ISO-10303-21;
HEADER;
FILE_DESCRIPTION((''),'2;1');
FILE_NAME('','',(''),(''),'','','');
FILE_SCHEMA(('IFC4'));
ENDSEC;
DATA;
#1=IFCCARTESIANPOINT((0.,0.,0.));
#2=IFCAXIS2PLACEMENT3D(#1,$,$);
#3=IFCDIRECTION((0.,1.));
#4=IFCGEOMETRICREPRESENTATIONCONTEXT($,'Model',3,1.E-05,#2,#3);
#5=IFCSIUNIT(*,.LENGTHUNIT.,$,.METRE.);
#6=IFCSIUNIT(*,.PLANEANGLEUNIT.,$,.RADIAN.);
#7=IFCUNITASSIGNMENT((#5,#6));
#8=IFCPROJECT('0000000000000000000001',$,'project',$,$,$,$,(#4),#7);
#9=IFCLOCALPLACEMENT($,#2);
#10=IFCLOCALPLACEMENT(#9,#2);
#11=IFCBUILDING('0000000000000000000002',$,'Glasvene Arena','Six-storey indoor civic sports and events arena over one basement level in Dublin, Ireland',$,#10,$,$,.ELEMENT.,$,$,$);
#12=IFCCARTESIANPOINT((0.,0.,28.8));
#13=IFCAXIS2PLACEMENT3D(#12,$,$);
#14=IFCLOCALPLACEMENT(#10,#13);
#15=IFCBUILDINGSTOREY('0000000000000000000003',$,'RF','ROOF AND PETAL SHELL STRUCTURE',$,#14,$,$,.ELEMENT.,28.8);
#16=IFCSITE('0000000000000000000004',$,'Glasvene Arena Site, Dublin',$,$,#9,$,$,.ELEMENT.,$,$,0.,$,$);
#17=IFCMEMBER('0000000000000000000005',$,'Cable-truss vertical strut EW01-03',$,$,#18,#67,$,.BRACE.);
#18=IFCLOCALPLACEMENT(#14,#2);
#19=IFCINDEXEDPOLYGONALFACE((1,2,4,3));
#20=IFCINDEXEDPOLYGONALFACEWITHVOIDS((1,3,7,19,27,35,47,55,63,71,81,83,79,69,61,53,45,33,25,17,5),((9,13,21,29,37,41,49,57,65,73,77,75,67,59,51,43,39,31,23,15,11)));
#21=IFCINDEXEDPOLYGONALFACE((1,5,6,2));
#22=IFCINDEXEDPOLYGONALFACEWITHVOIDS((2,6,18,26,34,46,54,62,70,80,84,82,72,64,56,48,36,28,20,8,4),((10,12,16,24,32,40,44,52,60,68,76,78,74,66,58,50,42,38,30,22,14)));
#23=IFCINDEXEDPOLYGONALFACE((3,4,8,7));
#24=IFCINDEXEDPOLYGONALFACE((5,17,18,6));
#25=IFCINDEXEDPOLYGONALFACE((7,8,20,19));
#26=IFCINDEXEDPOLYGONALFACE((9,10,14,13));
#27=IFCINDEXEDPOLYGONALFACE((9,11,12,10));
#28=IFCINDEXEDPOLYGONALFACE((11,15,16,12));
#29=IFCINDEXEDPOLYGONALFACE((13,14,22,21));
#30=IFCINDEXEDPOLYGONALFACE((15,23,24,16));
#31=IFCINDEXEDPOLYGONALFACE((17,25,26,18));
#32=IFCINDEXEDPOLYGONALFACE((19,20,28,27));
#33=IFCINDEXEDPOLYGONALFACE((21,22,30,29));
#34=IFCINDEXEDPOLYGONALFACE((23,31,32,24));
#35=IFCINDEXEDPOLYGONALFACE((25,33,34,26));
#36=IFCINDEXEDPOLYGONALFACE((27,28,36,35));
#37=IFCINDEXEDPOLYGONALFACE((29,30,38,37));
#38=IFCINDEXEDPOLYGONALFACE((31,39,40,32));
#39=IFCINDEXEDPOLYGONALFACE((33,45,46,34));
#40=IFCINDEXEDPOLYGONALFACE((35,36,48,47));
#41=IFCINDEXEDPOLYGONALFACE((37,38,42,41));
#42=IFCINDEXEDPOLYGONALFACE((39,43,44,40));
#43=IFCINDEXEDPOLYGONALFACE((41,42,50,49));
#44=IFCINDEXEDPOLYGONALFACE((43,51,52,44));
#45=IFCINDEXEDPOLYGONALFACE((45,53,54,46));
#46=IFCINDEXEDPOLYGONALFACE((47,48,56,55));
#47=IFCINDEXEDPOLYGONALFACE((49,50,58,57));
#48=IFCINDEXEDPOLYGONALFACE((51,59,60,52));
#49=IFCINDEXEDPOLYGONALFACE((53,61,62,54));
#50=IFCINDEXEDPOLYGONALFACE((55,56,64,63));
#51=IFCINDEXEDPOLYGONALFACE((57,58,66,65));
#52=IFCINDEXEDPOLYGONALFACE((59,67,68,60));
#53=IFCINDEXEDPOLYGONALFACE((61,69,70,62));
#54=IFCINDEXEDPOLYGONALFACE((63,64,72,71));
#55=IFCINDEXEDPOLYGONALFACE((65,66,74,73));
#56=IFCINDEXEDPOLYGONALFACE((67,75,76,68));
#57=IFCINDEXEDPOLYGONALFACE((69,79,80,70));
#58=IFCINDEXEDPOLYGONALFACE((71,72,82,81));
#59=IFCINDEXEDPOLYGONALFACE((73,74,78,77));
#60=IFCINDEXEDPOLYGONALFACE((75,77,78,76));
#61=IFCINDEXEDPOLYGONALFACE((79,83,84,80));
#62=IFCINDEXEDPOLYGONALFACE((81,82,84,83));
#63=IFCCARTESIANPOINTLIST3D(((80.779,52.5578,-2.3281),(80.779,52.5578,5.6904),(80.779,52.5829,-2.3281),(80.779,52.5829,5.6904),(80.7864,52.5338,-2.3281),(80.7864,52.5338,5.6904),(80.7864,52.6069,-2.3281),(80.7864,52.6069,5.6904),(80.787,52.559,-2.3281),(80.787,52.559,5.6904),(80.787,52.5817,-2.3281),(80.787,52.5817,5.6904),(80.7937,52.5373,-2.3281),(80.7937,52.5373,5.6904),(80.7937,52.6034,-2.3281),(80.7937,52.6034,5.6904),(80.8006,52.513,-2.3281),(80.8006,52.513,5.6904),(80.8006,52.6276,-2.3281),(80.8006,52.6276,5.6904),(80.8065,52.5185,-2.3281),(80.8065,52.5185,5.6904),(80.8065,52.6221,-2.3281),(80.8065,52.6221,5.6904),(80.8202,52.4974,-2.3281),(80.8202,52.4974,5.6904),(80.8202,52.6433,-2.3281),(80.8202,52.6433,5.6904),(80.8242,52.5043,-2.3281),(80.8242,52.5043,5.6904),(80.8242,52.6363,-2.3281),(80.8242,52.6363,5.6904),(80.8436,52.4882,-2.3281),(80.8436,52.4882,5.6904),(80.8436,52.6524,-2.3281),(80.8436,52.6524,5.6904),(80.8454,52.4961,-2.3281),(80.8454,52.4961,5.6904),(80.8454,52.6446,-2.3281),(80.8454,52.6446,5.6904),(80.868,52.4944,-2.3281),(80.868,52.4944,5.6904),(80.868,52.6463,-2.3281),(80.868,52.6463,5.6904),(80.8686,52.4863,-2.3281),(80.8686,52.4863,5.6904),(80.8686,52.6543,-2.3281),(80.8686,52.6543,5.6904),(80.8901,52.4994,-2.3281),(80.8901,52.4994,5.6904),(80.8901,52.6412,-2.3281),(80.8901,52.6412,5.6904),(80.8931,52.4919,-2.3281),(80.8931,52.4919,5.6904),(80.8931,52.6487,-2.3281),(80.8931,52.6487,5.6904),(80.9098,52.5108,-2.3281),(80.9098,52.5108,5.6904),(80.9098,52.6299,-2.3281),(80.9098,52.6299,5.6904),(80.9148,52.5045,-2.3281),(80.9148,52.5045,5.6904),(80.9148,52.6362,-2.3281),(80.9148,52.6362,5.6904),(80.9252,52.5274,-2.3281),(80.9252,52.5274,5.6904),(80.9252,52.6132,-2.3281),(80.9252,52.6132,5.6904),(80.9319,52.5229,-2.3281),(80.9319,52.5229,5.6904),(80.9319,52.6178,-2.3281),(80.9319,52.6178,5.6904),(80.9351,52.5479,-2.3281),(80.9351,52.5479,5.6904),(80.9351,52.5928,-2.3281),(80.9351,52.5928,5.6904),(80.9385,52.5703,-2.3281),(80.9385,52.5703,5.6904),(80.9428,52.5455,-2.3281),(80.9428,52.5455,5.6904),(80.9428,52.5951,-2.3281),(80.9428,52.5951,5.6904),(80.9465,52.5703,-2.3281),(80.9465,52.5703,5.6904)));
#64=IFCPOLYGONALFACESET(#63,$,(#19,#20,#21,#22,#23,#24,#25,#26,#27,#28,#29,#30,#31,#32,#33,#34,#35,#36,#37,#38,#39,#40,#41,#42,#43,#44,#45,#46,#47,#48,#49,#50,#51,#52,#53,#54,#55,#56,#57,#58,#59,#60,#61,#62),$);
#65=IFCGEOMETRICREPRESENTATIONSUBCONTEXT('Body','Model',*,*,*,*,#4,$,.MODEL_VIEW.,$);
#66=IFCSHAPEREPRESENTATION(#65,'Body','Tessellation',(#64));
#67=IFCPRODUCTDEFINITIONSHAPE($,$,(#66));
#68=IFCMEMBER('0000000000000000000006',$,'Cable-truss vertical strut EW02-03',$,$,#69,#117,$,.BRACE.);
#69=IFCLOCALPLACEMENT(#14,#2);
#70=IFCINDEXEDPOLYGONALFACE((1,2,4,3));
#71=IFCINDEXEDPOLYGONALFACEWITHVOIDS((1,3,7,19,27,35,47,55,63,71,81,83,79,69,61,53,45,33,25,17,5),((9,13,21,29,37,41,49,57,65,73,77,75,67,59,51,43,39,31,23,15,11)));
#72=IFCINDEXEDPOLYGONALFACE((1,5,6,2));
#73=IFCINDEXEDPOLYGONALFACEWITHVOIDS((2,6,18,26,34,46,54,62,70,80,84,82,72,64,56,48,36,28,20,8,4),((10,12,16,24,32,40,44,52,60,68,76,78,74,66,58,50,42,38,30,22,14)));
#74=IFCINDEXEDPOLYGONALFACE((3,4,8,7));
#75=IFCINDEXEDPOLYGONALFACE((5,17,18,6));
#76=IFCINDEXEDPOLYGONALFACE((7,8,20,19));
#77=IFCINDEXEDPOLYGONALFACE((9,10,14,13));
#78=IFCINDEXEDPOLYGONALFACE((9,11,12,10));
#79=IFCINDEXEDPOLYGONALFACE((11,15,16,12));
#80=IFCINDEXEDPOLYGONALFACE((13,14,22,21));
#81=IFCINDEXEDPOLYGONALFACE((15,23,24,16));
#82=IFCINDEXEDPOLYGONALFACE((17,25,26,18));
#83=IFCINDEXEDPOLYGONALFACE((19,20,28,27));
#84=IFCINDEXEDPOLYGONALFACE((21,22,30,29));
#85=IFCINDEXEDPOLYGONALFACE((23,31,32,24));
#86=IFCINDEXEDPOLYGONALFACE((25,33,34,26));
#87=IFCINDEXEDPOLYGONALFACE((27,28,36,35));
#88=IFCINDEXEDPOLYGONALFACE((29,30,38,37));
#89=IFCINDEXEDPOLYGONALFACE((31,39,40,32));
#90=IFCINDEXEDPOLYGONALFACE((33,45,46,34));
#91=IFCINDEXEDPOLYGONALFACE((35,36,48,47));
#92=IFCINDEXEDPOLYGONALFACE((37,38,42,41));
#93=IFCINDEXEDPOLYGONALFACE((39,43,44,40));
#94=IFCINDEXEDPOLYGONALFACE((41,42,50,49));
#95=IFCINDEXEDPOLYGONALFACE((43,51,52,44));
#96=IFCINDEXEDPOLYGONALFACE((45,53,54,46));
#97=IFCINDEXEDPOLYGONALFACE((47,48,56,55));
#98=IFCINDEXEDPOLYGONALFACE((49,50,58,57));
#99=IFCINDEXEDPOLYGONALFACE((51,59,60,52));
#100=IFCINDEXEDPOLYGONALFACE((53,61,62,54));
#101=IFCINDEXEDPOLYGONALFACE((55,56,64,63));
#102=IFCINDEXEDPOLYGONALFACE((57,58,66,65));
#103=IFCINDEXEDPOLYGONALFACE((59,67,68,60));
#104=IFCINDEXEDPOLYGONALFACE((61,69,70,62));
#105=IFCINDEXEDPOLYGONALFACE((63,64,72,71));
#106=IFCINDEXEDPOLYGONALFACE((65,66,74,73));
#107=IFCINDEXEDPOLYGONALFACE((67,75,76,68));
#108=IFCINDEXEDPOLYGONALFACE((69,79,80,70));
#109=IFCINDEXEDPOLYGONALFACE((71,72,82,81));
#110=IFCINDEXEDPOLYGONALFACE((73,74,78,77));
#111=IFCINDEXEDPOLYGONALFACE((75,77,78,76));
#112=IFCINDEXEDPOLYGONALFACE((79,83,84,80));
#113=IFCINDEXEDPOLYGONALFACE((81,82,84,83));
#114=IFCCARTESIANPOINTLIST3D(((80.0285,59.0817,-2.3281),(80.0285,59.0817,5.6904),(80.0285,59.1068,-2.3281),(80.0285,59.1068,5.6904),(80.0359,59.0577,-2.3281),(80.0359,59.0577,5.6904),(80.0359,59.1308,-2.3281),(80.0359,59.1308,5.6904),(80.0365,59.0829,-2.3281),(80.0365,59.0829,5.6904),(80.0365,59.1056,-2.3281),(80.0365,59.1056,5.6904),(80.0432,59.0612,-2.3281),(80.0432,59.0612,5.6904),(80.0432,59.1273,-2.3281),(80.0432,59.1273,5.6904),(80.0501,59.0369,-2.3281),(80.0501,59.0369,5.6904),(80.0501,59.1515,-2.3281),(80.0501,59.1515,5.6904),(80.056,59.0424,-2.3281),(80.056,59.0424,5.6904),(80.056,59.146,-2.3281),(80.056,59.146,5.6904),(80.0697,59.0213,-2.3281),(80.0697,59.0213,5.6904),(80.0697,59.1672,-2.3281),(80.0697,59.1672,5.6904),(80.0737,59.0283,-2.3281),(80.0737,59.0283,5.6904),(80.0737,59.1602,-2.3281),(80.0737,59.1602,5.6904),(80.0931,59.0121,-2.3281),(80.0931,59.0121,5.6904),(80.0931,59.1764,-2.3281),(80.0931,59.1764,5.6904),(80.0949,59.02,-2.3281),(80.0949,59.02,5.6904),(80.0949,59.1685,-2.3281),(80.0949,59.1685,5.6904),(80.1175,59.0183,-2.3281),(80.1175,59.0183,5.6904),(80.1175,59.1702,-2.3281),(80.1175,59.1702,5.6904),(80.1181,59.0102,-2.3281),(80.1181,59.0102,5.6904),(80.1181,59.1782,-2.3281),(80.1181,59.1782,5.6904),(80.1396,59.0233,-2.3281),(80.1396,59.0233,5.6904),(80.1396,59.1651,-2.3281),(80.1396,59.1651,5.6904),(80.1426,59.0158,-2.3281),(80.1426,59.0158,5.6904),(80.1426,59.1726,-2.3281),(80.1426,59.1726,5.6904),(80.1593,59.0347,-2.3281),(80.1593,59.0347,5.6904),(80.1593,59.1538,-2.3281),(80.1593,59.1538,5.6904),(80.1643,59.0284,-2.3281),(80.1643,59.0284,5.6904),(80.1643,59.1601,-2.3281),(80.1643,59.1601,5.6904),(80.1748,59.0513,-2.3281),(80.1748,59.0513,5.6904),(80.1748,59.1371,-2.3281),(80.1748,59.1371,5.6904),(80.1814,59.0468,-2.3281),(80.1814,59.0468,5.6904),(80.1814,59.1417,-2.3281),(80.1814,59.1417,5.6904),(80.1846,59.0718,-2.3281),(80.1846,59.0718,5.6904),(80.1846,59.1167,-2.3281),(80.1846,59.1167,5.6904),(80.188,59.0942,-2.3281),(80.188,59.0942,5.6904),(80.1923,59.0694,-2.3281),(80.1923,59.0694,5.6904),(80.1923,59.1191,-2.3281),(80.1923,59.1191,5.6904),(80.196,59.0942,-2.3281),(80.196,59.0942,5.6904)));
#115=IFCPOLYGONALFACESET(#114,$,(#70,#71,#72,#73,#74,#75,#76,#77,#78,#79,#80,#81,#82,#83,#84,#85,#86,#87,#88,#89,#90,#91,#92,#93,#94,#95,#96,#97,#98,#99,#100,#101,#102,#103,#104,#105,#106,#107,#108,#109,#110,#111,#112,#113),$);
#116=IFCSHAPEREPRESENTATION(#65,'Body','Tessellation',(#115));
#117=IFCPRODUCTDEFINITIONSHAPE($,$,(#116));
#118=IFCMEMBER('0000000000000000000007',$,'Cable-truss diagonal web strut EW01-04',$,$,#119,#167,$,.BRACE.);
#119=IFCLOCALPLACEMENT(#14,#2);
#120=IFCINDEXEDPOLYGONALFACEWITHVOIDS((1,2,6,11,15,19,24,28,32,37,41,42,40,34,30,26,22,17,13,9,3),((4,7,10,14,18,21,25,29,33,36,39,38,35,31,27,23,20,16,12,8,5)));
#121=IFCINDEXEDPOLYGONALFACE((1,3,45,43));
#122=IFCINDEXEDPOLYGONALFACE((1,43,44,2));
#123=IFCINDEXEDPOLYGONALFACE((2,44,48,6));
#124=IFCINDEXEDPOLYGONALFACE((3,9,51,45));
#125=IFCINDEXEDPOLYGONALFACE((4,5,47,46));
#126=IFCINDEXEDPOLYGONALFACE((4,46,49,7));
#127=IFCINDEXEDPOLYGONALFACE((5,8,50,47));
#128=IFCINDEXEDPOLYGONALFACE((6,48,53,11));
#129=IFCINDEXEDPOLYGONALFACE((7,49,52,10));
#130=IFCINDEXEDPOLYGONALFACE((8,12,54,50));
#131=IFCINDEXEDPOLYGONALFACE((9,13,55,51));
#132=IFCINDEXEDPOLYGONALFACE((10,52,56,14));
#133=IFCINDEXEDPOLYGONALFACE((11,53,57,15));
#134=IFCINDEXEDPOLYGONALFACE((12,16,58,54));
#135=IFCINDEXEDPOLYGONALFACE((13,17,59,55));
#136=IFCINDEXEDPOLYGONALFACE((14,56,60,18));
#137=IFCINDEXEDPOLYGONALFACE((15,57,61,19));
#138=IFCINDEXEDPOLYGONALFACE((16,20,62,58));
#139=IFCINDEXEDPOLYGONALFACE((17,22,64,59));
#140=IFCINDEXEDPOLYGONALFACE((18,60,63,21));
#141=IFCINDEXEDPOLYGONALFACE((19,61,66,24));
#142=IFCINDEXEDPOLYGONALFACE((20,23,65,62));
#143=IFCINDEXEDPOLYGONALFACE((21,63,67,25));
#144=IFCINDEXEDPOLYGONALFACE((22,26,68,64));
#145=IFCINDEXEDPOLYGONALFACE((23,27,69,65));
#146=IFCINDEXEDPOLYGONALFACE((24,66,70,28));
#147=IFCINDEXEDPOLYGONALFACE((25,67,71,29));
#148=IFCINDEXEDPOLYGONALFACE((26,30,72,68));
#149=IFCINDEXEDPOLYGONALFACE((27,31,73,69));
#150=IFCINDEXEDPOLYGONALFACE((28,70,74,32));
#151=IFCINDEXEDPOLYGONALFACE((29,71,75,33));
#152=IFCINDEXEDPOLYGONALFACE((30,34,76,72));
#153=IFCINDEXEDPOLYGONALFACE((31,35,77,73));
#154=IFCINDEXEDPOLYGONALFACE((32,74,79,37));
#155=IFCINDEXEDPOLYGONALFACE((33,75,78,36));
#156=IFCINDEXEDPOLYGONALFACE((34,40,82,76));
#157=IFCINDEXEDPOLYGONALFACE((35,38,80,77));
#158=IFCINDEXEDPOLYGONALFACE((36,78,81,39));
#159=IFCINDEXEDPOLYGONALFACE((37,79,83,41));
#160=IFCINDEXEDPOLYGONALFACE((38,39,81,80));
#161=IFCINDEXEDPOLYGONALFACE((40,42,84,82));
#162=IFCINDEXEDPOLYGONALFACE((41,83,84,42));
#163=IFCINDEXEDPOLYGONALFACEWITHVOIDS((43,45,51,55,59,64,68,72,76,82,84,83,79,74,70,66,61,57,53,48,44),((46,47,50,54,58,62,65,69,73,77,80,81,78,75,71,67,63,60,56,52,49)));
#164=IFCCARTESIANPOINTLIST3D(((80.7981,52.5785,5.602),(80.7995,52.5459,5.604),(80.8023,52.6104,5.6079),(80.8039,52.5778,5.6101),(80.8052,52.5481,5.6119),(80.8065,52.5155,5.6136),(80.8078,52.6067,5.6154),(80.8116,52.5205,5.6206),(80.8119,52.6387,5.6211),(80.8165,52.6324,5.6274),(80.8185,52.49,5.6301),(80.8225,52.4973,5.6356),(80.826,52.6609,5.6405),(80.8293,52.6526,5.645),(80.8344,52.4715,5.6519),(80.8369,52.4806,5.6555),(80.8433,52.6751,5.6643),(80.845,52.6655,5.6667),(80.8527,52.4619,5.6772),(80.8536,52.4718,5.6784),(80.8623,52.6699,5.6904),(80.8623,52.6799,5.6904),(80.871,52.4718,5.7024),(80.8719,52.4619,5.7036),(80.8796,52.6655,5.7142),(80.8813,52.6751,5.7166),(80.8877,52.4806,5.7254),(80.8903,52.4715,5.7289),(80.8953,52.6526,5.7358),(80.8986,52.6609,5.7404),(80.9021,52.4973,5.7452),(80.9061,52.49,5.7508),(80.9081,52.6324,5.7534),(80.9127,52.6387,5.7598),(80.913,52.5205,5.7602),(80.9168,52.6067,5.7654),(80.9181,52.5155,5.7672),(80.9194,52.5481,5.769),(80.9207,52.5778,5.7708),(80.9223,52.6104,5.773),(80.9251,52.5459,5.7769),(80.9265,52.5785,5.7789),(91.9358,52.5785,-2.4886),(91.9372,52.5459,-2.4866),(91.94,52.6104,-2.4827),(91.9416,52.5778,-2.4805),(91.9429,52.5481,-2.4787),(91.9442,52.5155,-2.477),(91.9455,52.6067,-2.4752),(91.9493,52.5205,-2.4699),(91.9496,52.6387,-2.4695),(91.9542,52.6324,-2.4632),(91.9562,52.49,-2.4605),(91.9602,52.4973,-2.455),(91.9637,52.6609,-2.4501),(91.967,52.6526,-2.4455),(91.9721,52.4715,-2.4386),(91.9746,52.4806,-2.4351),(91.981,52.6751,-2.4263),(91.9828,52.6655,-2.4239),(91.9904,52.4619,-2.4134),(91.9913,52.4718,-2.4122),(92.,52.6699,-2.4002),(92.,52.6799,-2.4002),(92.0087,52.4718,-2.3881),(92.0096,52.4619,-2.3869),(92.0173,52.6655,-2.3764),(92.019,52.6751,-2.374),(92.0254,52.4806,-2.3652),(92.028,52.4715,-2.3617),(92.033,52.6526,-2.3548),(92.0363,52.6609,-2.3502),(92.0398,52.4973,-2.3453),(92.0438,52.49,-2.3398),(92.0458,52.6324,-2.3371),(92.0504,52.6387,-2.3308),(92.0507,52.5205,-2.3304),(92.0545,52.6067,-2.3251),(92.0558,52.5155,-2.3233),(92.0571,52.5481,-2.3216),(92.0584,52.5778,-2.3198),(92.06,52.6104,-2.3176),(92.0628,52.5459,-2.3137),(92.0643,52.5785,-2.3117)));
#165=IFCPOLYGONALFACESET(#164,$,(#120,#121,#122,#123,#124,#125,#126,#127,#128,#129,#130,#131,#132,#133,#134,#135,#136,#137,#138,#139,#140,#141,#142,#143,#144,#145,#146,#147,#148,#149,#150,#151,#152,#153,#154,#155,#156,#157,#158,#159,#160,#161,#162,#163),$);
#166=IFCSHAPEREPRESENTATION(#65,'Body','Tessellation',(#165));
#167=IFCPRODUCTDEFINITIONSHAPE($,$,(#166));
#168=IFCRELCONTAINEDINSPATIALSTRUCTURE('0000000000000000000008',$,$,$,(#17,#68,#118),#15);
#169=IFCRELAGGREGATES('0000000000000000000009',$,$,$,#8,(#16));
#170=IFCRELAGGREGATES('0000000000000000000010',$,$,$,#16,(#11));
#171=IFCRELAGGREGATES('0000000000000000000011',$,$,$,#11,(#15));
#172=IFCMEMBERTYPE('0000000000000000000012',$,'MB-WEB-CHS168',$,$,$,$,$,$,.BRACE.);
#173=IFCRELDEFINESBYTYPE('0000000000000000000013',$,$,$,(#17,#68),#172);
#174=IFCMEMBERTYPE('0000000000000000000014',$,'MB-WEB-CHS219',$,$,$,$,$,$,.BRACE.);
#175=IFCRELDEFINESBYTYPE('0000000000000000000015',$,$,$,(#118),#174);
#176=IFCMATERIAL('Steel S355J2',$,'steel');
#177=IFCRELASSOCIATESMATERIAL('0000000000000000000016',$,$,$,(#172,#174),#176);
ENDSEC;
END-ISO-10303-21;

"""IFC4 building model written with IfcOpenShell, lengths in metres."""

from ifc_helpers import new_model, si_unit, direction, frame, origin, origin_2d, place, context, subcontext, project, spatial, hollow_circle, extrude, material, material_profile, profile_set, type_object, element, save


model = new_model("IFC4")

# Units and contexts
model_context = context("Model", 3, precision=1e-05, world=origin(), true_north=direction((0.0, 1.0)))
body_context = subcontext(model_context, "Body", "Model", "MODEL_VIEW")
ifc_project = project(units=[si_unit("LENGTHUNIT", "METRE"), si_unit("PLANEANGLEUNIT", "RADIAN")], contexts=[model_context])

# Site, building, storey
site_placement = place(None, origin())
site = spatial("IfcSite", under=ifc_project, at=site_placement, Name="Glasvene Arena Site, Dublin", CompositionType="ELEMENT", RefElevation=0.0)
building_placement = place(site_placement, origin())
building = spatial("IfcBuilding", under=site, at=building_placement, Name="Glasvene Arena", Description="Six-storey indoor civic sports and events arena over one basement level in Dublin, Ireland", CompositionType="ELEMENT")
storey_placement = place(building_placement, frame((0.0, 0.0, 28.8)))
storey = spatial("IfcBuildingStorey", under=building, at=storey_placement, Name="RF", Description="ROOF AND PETAL SHELL STRUCTURE", CompositionType="ELEMENT", Elevation=28.8)

# Shared definitions
ifc_material_1 = material(Name="Steel S355J2", Category="steel")

# Members
ifc_material_profile_1 = material_profile(ifc_material_1, hollow_circle(Radius=0.0842, WallThickness=0.0081, at=origin_2d()), Name="CHS 168.3x8.0")
ifc_profile_set_1 = profile_set([ifc_material_profile_1], Name="Steel S355J2")
member_type_1 = type_object("IfcMemberType", Name="MB-WEB-CHS168", PredefinedType="BRACE", material=ifc_profile_set_1)
for number, where, z_axis, x_axis, name in (
    (1, (80.8623, 52.5703, -2.3281), (0.0, 0.0, 1.0), (1.0, 0.0, 0.0), "Cable-truss vertical strut EW01-03"),
    (2, (80.1118, 59.0942, -2.3281), (0.0, 0.0, 1.0), (1.0, 0.0, 0.0), "Cable-truss vertical strut EW02-03"),
):
    element("IfcMember", number, at=place(storey_placement, frame(where, z_axis=z_axis, x_axis=x_axis)), inside=storey, type_object=member_type_1, Name=name, PredefinedType="BRACE", context=body_context, shape_type="SweptSolid", body=[
        extrude(hollow_circle(Radius=0.0842, WallThickness=0.0081, at=origin_2d()), origin(), (0.0, 0.0, 1.0), 8.0186),
    ])
ifc_material_profile_2 = material_profile(ifc_material_1, hollow_circle(Radius=0.1096, WallThickness=0.01, at=origin_2d()), Name="CHS 219.1x10.0")
ifc_profile_set_2 = profile_set([ifc_material_profile_2], Name="Steel S355J2")
member_type_2 = type_object("IfcMemberType", Name="MB-WEB-CHS219", PredefinedType="BRACE", material=ifc_profile_set_2)
member_1_placement = place(storey_placement, frame((80.8623, 52.5703, 5.6904), z_axis=(0.809066, 0.0, -0.587717), x_axis=(0.0, 1.0, 0.0)))
element("IfcMember", 3, at=member_1_placement, inside=storey, type_object=member_type_2, Name="Cable-truss diagonal web strut EW01-04", PredefinedType="BRACE", context=body_context, shape_type="SweptSolid", body=[
    extrude(hollow_circle(Radius=0.1096, WallThickness=0.01, at=origin_2d()), origin(), (0.0, 0.0, 1.0), 13.7661),
])

save(model, "model.ifc")
